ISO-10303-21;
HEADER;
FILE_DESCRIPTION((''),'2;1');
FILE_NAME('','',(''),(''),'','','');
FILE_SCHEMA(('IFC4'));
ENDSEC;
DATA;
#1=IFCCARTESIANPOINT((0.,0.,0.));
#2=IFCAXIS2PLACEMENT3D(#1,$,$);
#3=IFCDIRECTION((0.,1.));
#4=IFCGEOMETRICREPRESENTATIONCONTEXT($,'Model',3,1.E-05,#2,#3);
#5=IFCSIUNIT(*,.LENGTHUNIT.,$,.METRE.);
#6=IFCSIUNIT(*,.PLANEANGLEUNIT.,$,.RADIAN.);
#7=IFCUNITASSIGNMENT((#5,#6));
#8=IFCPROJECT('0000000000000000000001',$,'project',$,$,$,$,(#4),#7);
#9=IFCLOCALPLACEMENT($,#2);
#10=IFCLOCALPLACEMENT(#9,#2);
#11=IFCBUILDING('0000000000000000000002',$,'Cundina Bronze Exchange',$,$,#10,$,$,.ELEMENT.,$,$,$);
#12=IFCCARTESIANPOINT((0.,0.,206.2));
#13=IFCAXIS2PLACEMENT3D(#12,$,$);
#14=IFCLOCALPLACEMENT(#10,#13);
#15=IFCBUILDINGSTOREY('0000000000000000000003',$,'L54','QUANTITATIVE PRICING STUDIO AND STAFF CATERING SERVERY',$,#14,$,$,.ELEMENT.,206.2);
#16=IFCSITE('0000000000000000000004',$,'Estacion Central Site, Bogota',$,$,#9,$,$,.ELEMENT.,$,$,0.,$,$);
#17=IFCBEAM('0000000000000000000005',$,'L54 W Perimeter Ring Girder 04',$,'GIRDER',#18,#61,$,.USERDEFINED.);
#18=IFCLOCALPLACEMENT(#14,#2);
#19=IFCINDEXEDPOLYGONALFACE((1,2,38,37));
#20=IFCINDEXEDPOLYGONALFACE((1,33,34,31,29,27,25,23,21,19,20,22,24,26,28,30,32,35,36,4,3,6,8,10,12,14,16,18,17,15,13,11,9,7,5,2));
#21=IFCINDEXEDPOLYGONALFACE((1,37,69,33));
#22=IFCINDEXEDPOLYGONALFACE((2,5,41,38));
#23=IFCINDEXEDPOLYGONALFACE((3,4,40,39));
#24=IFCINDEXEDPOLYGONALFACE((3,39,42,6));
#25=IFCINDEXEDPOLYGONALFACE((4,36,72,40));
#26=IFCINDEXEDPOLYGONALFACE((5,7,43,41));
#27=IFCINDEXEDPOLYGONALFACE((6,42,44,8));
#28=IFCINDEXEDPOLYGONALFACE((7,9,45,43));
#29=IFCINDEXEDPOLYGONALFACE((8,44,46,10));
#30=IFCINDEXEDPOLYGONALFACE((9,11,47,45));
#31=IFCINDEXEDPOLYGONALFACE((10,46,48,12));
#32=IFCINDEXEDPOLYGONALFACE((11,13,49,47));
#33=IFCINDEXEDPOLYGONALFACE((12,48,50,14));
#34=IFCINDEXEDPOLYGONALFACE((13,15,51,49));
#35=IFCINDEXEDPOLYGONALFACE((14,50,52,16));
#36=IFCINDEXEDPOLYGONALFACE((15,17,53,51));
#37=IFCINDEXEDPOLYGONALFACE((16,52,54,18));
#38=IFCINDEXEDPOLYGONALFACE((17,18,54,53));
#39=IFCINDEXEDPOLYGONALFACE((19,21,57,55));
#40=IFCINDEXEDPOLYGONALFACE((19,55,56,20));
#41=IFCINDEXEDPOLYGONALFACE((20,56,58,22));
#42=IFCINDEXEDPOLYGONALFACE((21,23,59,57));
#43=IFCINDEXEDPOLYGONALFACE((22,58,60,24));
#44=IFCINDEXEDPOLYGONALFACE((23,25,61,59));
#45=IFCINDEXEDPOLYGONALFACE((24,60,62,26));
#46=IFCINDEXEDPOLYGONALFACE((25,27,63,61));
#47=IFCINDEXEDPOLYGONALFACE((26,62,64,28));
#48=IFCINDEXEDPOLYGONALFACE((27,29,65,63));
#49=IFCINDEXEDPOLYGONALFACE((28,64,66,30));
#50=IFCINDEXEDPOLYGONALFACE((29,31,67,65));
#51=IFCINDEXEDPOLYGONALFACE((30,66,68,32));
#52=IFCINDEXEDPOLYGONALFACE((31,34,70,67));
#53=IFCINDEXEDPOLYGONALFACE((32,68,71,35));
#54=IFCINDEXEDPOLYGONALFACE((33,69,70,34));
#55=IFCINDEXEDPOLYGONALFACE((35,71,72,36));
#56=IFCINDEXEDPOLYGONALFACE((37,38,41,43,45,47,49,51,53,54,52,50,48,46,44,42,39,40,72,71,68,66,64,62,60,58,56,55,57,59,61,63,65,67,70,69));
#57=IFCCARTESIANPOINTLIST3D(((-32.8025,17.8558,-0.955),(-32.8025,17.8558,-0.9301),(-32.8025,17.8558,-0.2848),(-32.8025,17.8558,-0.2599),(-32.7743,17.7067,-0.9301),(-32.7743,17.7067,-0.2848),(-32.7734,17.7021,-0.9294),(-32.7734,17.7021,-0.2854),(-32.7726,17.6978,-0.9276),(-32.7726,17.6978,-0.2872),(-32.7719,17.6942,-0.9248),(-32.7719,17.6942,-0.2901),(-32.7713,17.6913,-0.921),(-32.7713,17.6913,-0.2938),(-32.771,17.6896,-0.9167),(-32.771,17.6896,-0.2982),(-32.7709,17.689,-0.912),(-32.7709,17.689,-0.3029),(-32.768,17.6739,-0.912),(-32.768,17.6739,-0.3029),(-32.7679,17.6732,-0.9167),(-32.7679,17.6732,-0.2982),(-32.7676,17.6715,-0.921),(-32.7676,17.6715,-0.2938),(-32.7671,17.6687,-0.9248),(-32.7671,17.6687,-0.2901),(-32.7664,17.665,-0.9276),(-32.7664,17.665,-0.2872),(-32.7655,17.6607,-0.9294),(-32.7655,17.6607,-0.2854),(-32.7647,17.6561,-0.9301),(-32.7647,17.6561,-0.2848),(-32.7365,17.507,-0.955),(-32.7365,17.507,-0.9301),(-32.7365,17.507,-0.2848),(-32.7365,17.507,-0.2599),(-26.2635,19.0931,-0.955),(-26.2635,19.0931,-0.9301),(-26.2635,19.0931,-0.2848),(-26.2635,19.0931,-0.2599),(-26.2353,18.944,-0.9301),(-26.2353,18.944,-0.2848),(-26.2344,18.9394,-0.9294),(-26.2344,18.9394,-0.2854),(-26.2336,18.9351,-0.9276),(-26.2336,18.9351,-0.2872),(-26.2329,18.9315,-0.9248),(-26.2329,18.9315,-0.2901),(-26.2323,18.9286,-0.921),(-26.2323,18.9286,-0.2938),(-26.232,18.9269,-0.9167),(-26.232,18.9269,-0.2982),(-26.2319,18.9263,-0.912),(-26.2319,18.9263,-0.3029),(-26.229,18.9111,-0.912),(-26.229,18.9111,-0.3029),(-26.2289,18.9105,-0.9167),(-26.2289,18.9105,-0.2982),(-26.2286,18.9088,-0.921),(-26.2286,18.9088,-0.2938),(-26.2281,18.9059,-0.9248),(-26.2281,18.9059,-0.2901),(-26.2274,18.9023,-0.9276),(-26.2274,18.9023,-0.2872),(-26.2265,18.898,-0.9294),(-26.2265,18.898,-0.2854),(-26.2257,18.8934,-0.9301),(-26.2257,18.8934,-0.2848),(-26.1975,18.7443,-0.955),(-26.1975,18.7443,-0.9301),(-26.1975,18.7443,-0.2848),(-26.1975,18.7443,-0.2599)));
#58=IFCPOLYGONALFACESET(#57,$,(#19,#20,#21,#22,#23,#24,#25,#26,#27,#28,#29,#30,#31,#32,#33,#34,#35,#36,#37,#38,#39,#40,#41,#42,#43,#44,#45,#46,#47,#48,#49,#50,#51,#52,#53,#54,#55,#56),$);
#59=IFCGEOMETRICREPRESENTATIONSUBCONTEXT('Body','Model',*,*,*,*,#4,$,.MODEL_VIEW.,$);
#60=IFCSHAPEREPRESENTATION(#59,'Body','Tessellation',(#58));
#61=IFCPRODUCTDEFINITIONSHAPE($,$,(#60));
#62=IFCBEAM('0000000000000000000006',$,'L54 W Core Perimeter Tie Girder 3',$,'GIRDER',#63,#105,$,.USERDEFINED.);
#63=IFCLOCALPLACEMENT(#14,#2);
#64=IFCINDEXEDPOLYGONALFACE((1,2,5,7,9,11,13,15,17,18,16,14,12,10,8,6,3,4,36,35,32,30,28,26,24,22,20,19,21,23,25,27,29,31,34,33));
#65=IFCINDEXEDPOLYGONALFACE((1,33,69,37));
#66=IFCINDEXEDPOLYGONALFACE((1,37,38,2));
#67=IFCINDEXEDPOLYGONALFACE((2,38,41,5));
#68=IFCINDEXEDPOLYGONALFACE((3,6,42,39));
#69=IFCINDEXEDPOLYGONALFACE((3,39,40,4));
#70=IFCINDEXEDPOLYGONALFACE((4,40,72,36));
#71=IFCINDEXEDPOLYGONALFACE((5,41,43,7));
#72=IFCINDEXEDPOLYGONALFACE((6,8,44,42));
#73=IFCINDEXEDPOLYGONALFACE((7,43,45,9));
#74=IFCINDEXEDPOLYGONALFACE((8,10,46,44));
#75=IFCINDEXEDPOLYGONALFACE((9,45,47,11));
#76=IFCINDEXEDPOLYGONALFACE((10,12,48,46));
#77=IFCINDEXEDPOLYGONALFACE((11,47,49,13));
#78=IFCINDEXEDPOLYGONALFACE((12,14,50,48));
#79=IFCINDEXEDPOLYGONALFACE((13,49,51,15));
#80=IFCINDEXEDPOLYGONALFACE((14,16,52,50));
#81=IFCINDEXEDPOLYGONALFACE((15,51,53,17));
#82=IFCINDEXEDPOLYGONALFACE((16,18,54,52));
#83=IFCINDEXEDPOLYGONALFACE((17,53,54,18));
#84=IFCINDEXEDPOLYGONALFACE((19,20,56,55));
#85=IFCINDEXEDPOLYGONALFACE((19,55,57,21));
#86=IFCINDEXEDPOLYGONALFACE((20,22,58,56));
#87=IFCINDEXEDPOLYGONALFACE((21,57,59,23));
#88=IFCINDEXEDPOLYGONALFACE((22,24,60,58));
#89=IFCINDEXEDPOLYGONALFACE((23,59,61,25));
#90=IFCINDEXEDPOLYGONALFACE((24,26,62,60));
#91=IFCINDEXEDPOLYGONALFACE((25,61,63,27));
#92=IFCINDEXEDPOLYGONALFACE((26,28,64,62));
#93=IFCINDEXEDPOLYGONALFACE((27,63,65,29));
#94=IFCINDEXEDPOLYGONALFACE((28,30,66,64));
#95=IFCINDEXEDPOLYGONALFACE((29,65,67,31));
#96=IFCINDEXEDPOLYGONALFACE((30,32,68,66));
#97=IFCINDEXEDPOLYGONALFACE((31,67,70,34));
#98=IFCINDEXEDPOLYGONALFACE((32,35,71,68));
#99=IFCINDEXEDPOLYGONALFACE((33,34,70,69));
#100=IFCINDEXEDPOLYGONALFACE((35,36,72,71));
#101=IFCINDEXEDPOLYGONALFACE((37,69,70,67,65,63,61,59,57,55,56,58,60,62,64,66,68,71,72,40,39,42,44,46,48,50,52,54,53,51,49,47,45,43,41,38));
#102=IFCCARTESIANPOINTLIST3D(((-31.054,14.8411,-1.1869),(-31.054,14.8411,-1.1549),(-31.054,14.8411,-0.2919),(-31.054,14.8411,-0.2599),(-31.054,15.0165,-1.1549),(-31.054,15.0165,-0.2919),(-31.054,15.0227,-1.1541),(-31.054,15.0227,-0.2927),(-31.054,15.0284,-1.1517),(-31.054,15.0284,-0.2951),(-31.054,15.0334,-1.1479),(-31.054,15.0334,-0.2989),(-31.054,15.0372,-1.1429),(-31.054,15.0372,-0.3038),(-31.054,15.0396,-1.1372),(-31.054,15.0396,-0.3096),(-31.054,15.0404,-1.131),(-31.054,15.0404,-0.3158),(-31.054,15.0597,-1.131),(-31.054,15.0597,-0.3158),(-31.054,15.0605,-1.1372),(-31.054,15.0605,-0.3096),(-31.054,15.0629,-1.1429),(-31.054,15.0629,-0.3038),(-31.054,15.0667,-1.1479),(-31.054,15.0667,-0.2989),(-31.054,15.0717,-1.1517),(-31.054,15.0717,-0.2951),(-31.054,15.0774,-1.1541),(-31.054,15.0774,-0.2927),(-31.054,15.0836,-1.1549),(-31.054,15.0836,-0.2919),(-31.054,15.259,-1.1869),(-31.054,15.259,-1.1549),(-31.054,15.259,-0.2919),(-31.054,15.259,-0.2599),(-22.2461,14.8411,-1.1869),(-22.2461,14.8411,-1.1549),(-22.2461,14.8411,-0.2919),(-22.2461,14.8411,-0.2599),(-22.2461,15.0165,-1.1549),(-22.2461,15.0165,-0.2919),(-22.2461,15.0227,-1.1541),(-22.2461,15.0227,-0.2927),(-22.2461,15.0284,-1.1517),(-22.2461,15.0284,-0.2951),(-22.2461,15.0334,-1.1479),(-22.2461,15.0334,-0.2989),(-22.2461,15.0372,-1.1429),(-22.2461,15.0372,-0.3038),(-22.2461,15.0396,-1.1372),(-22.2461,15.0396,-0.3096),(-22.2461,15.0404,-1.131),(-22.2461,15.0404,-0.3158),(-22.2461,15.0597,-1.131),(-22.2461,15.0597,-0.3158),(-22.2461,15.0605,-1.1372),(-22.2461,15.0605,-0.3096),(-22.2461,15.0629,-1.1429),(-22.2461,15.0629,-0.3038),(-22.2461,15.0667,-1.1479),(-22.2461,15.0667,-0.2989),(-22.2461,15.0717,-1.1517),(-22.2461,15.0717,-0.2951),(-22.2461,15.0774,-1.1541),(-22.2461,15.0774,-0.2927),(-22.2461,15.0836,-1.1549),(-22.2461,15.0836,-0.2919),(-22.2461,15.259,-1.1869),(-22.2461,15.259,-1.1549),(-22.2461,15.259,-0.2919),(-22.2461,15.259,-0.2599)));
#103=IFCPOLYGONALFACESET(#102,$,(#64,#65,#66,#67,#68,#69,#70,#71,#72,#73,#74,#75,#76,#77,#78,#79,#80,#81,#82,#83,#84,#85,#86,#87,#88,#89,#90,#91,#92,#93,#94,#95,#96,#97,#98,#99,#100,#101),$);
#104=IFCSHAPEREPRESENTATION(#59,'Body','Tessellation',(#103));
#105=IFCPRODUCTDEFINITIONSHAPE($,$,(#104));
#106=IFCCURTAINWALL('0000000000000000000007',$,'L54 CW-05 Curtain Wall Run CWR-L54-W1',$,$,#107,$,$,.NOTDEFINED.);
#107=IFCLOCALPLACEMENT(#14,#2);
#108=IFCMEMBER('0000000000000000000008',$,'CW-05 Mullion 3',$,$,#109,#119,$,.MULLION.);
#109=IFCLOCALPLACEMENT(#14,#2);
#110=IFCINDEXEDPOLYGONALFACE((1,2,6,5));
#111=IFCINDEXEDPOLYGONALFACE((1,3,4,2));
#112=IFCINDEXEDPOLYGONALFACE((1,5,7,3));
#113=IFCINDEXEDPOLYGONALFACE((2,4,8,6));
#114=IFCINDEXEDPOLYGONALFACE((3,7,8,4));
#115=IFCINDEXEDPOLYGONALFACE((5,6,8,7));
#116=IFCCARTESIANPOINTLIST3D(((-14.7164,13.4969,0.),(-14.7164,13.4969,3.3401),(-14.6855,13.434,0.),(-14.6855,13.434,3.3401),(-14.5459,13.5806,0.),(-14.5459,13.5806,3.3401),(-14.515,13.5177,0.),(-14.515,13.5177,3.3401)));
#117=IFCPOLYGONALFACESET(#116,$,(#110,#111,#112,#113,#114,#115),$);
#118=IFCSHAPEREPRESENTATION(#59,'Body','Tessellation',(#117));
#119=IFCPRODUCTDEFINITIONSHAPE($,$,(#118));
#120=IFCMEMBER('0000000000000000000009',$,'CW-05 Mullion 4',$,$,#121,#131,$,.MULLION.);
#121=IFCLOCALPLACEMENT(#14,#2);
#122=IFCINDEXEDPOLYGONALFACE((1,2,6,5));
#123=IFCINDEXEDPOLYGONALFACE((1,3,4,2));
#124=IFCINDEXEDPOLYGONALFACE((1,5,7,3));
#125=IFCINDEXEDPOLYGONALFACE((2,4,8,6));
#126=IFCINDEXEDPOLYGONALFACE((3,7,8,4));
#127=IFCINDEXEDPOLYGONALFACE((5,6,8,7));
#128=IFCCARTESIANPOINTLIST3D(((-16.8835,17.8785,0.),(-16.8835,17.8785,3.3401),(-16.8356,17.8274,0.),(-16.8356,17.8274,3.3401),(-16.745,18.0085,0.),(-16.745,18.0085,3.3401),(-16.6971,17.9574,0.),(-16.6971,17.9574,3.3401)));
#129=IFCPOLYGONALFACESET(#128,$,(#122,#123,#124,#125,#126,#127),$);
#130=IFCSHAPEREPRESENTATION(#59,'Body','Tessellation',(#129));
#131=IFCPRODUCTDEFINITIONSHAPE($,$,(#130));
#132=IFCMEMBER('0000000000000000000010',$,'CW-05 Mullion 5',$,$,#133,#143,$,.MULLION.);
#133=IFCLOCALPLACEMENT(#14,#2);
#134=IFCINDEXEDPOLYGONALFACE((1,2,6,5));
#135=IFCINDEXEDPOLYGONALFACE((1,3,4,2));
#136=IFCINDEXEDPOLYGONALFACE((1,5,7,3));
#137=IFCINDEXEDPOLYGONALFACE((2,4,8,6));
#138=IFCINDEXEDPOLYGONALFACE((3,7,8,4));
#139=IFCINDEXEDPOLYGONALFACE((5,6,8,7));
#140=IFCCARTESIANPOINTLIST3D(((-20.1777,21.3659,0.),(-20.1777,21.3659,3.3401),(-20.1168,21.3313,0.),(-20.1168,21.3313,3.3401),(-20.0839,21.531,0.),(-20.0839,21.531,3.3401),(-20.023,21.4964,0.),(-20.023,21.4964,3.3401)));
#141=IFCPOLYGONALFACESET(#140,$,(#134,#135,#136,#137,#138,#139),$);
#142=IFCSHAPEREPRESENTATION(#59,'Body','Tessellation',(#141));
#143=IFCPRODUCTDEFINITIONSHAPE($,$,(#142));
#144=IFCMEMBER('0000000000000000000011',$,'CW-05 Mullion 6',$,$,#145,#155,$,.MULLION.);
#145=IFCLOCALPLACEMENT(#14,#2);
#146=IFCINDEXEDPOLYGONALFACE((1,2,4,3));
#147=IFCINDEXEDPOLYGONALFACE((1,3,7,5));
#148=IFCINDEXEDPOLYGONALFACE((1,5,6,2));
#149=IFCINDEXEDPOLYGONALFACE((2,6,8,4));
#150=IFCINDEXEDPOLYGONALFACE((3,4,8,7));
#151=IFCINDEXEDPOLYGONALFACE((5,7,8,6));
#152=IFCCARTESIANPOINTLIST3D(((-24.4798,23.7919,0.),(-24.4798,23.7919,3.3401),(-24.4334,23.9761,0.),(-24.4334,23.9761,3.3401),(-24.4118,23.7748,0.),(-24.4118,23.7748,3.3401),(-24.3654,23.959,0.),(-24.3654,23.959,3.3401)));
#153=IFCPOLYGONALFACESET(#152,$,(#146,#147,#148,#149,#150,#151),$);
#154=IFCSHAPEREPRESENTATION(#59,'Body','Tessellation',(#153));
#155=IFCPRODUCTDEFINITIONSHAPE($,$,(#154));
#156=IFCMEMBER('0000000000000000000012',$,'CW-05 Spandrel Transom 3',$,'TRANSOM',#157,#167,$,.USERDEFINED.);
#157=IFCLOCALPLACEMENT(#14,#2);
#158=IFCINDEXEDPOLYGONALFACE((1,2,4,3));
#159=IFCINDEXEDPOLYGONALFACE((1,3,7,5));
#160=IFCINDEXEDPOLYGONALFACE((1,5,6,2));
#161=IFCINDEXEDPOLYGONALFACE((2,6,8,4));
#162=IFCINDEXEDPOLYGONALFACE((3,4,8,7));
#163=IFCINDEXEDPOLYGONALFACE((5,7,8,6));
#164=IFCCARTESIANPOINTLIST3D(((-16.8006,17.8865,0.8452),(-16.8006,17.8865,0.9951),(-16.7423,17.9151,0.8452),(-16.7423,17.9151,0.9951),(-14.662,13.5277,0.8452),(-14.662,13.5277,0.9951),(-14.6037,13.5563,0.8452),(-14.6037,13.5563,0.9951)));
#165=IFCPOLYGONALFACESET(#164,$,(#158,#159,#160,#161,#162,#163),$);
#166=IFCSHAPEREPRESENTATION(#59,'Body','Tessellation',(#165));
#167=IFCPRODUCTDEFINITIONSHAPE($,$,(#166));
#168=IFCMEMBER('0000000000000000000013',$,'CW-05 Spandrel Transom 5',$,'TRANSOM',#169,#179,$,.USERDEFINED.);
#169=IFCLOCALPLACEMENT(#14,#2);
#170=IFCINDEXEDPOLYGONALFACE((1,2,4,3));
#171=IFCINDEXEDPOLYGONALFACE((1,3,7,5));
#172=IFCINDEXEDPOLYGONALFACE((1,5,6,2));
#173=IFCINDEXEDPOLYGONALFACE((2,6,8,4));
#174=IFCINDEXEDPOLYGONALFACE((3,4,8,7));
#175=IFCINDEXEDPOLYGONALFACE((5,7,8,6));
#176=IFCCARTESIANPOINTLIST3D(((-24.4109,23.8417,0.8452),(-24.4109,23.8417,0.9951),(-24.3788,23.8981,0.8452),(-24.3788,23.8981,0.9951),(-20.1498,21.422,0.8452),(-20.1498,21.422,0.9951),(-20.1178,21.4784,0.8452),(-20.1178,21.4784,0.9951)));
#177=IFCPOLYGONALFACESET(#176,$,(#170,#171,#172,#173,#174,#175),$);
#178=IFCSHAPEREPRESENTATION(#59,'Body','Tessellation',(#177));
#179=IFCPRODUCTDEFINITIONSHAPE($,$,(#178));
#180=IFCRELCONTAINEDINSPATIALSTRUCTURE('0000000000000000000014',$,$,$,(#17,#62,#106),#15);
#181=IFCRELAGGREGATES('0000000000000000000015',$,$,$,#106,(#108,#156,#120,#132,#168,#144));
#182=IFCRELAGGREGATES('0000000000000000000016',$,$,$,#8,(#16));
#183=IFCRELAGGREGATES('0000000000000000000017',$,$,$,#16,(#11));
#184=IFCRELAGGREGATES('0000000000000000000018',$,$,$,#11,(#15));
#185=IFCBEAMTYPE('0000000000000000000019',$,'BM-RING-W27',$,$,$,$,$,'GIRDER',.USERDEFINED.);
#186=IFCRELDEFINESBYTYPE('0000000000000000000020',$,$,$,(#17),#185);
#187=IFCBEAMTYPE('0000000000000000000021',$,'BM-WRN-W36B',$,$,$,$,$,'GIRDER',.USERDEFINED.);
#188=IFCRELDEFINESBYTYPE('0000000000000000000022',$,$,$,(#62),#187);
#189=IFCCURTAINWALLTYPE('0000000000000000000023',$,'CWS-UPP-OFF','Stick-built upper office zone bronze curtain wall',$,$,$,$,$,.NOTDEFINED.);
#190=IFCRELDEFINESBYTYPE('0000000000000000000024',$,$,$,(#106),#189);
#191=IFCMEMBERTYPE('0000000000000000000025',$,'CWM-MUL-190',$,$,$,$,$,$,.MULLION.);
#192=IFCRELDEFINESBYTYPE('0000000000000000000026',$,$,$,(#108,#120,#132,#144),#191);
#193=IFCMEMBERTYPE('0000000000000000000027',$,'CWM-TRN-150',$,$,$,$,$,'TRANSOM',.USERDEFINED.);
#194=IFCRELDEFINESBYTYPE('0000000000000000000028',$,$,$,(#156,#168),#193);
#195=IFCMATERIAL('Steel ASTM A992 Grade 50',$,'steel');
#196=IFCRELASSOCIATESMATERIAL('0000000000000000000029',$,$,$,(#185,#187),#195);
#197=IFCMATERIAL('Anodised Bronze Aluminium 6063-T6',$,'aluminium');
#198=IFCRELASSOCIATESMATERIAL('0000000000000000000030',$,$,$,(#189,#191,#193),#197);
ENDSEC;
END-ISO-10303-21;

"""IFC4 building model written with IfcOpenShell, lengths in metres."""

from ifc_helpers import new_model, si_unit, direction, frame, origin, origin_2d, place, context, subcontext, project, spatial, rectangle, i_section, extrude, material, material_profile, profile_set, type_object, element, aggregate, save


model = new_model("IFC4")

# Units and contexts
model_context = context("Model", 3, precision=1e-05, world=origin(), true_north=direction((0.0, 1.0)))
body_context = subcontext(model_context, "Body", "Model", "MODEL_VIEW")
ifc_project = project(units=[si_unit("LENGTHUNIT", "METRE"), si_unit("PLANEANGLEUNIT", "RADIAN")], contexts=[model_context])

# Site, building, storey
site_placement = place(None, origin())
site = spatial("IfcSite", under=ifc_project, at=site_placement, Name="Estacion Central Site, Bogota", CompositionType="ELEMENT", RefElevation=0.0)
building_placement = place(site_placement, origin())
building = spatial("IfcBuilding", under=site, at=building_placement, Name="Cundina Bronze Exchange", CompositionType="ELEMENT")
storey_placement = place(building_placement, frame((0.0, 0.0, 206.2)))
storey = spatial("IfcBuildingStorey", under=building, at=storey_placement, Name="L54", Description="QUANTITATIVE PRICING STUDIO AND STAFF CATERING SERVERY", CompositionType="ELEMENT", Elevation=206.2)

# Shared definitions
ifc_material_1 = material(Name="Steel ASTM A992 Grade 50", Category="steel")

# Beams
ifc_material_profile_1 = material_profile(ifc_material_1, i_section(OverallWidth=0.355, OverallDepth=0.6951, WebThickness=0.0154, FlangeThickness=0.0249, FilletRadius=0.0181, at=origin_2d()), Name="W27X146", Category="steel")
ifc_profile_set_1 = profile_set([ifc_material_profile_1], Name="Steel ASTM A992 Grade 50")
beam_type_1 = type_object("IfcBeamType", Name="BM-RING-W27", ElementType="GIRDER", PredefinedType="USERDEFINED", material=ifc_profile_set_1)
beam_1_placement = place(storey_placement, frame((-26.2305, 18.9187, -0.6074), z_axis=(-0.982565, -0.185918, 0.0), x_axis=(0.185918, -0.982565, 0.0)))
element("IfcBeam", 1, at=beam_1_placement, inside=storey, type_object=beam_type_1, Name="L54 W Perimeter Ring Girder 04", ObjectType="GIRDER", PredefinedType="USERDEFINED", context=body_context, shape_type="SweptSolid", body=[
    extrude(i_section(OverallWidth=0.355, OverallDepth=0.6951, WebThickness=0.0154, FlangeThickness=0.0249, FilletRadius=0.0181, at=origin_2d()), origin(), (0.0, 0.0, 1.0), 6.655),
])
ifc_material_profile_2 = material_profile(ifc_material_1, i_section(OverallWidth=0.418, OverallDepth=0.927, WebThickness=0.0193, FlangeThickness=0.032, FilletRadius=0.0239, at=origin_2d()), Name="W36X231", Category="steel")
ifc_profile_set_2 = profile_set([ifc_material_profile_2], Name="Steel ASTM A992 Grade 50")
beam_type_2 = type_object("IfcBeamType", Name="BM-WRN-W36B", ElementType="GIRDER", PredefinedType="USERDEFINED", material=ifc_profile_set_2)
beam_2_placement = place(storey_placement, frame((-22.2461, 15.05, -0.7234), z_axis=(-1.0, 0.0, 0.0), x_axis=(0.0, -1.0, 0.0)))
element("IfcBeam", 2, at=beam_2_placement, inside=storey, type_object=beam_type_2, Name="L54 W Core Perimeter Tie Girder 3", ObjectType="GIRDER", PredefinedType="USERDEFINED", context=body_context, shape_type="SweptSolid", body=[
    extrude(i_section(OverallWidth=0.418, OverallDepth=0.927, WebThickness=0.0193, FlangeThickness=0.032, FilletRadius=0.0239, at=origin_2d()), origin(), (0.0, 0.0, 1.0), 8.8079),
])

# Curtain wall, members
ifc_material_2 = material(Name="Anodised Bronze Aluminium 6063-T6", Category="aluminium")
curtain_wall_type = type_object("IfcCurtainWallType", Name="CWS-UPP-OFF", Description="Stick-built upper office zone bronze curtain wall", PredefinedType="NOTDEFINED", material=ifc_material_2)
curtain_wall_placement = place(storey_placement, origin())
curtain_wall = element("IfcCurtainWall", 3, at=curtain_wall_placement, inside=storey, type_object=curtain_wall_type, Name="L54 CW-05 Curtain Wall Run CWR-L54-W1", PredefinedType="NOTDEFINED")
ifc_material_profile_3 = material_profile(ifc_material_2, rectangle(XDim=0.0701, YDim=0.1899, at=origin_2d()), Name="AL70X190", Category="aluminium")
ifc_profile_set_3 = profile_set([ifc_material_profile_3], Name="Anodised Bronze Aluminium 6063-T6")
member_type_1 = type_object("IfcMemberType", Name="CWM-MUL-190", PredefinedType="MULLION", material=ifc_profile_set_3)
member_1_placement = place(storey_placement, frame((-14.6157, 13.5073, 0.0), z_axis=(0.0, 0.0, 1.0), x_axis=(-0.440566, 0.89772, 0.0)))
member_1 = element("IfcMember", 4, at=member_1_placement, type_object=member_type_1, Name="CW-05 Mullion 3", PredefinedType="MULLION", context=body_context, shape_type="SweptSolid", body=[
    extrude(rectangle(XDim=0.0701, YDim=0.1899, at=origin_2d()), origin(), (0.0, 0.0, 1.0), 3.3401),
])
member_2_placement = place(storey_placement, frame((-16.7903, 17.918, 0.0), z_axis=(0.0, 0.0, 1.0), x_axis=(-0.684293, 0.729208, 0.0)))
member_2 = element("IfcMember", 5, at=member_2_placement, type_object=member_type_1, Name="CW-05 Mullion 4", PredefinedType="MULLION", context=body_context, shape_type="SweptSolid", body=[
    extrude(rectangle(XDim=0.0701, YDim=0.1899, at=origin_2d()), origin(), (0.0, 0.0, 1.0), 3.3401),
])
member_3_placement = place(storey_placement, frame((-20.1003, 21.4312, 0.0), z_axis=(0.0, 0.0, 1.0), x_axis=(-0.869581, 0.49379, 0.0)))
member_3 = element("IfcMember", 6, at=member_3_placement, type_object=member_type_1, Name="CW-05 Mullion 5", PredefinedType="MULLION", context=body_context, shape_type="SweptSolid", body=[
    extrude(rectangle(XDim=0.0701, YDim=0.1899, at=origin_2d()), origin(), (0.0, 0.0, 1.0), 3.3401),
])
member_4_placement = place(storey_placement, frame((-24.4226, 23.8755, 0.0), z_axis=(0.0, 0.0, 1.0), x_axis=(-0.969744, 0.244123, 0.0)))
member_4 = element("IfcMember", 7, at=member_4_placement, type_object=member_type_1, Name="CW-05 Mullion 6", PredefinedType="MULLION", context=body_context, shape_type="SweptSolid", body=[
    extrude(rectangle(XDim=0.0701, YDim=0.1899, at=origin_2d()), origin(), (0.0, 0.0, 1.0), 3.3401),
])
ifc_material_profile_4 = material_profile(ifc_material_2, rectangle(XDim=0.0649, YDim=0.1499, at=origin_2d()), Name="AL65X150", Category="aluminium")
ifc_profile_set_4 = profile_set([ifc_material_profile_4], Name="Anodised Bronze Aluminium 6063-T6")
member_type_2 = type_object("IfcMemberType", Name="CWM-TRN-150", ElementType="TRANSOM", PredefinedType="USERDEFINED", material=ifc_profile_set_4)
member_5_placement = place(storey_placement, frame((-14.6328, 13.542, 0.9202), z_axis=(-0.440483, 0.897761, 0.0), x_axis=(-0.897761, -0.440483, 0.0)))
member_5 = element("IfcMember", 8, at=member_5_placement, type_object=member_type_2, Name="CW-05 Spandrel Transom 3", ObjectType="TRANSOM", PredefinedType="USERDEFINED", context=body_context, shape_type="SweptSolid", body=[
    extrude(rectangle(XDim=0.0649, YDim=0.1499, at=origin_2d()), origin(), (0.0, 0.0, 1.0), 4.8552),
])
member_6_placement = place(storey_placement, frame((-20.1338, 21.4502, 0.9202), z_axis=(-0.869574, 0.493803, 0.0), x_axis=(-0.493803, -0.869574, 0.0)))
member_6 = element("IfcMember", 9, at=member_6_placement, type_object=member_type_2, Name="CW-05 Spandrel Transom 5", ObjectType="TRANSOM", PredefinedType="USERDEFINED", context=body_context, shape_type="SweptSolid", body=[
    extrude(rectangle(XDim=0.0649, YDim=0.1499, at=origin_2d()), origin(), (0.0, 0.0, 1.0), 4.9001),
])
aggregate(curtain_wall, [member_1, member_5, member_2, member_3, member_6, member_4])

save(model, "model.ifc")
